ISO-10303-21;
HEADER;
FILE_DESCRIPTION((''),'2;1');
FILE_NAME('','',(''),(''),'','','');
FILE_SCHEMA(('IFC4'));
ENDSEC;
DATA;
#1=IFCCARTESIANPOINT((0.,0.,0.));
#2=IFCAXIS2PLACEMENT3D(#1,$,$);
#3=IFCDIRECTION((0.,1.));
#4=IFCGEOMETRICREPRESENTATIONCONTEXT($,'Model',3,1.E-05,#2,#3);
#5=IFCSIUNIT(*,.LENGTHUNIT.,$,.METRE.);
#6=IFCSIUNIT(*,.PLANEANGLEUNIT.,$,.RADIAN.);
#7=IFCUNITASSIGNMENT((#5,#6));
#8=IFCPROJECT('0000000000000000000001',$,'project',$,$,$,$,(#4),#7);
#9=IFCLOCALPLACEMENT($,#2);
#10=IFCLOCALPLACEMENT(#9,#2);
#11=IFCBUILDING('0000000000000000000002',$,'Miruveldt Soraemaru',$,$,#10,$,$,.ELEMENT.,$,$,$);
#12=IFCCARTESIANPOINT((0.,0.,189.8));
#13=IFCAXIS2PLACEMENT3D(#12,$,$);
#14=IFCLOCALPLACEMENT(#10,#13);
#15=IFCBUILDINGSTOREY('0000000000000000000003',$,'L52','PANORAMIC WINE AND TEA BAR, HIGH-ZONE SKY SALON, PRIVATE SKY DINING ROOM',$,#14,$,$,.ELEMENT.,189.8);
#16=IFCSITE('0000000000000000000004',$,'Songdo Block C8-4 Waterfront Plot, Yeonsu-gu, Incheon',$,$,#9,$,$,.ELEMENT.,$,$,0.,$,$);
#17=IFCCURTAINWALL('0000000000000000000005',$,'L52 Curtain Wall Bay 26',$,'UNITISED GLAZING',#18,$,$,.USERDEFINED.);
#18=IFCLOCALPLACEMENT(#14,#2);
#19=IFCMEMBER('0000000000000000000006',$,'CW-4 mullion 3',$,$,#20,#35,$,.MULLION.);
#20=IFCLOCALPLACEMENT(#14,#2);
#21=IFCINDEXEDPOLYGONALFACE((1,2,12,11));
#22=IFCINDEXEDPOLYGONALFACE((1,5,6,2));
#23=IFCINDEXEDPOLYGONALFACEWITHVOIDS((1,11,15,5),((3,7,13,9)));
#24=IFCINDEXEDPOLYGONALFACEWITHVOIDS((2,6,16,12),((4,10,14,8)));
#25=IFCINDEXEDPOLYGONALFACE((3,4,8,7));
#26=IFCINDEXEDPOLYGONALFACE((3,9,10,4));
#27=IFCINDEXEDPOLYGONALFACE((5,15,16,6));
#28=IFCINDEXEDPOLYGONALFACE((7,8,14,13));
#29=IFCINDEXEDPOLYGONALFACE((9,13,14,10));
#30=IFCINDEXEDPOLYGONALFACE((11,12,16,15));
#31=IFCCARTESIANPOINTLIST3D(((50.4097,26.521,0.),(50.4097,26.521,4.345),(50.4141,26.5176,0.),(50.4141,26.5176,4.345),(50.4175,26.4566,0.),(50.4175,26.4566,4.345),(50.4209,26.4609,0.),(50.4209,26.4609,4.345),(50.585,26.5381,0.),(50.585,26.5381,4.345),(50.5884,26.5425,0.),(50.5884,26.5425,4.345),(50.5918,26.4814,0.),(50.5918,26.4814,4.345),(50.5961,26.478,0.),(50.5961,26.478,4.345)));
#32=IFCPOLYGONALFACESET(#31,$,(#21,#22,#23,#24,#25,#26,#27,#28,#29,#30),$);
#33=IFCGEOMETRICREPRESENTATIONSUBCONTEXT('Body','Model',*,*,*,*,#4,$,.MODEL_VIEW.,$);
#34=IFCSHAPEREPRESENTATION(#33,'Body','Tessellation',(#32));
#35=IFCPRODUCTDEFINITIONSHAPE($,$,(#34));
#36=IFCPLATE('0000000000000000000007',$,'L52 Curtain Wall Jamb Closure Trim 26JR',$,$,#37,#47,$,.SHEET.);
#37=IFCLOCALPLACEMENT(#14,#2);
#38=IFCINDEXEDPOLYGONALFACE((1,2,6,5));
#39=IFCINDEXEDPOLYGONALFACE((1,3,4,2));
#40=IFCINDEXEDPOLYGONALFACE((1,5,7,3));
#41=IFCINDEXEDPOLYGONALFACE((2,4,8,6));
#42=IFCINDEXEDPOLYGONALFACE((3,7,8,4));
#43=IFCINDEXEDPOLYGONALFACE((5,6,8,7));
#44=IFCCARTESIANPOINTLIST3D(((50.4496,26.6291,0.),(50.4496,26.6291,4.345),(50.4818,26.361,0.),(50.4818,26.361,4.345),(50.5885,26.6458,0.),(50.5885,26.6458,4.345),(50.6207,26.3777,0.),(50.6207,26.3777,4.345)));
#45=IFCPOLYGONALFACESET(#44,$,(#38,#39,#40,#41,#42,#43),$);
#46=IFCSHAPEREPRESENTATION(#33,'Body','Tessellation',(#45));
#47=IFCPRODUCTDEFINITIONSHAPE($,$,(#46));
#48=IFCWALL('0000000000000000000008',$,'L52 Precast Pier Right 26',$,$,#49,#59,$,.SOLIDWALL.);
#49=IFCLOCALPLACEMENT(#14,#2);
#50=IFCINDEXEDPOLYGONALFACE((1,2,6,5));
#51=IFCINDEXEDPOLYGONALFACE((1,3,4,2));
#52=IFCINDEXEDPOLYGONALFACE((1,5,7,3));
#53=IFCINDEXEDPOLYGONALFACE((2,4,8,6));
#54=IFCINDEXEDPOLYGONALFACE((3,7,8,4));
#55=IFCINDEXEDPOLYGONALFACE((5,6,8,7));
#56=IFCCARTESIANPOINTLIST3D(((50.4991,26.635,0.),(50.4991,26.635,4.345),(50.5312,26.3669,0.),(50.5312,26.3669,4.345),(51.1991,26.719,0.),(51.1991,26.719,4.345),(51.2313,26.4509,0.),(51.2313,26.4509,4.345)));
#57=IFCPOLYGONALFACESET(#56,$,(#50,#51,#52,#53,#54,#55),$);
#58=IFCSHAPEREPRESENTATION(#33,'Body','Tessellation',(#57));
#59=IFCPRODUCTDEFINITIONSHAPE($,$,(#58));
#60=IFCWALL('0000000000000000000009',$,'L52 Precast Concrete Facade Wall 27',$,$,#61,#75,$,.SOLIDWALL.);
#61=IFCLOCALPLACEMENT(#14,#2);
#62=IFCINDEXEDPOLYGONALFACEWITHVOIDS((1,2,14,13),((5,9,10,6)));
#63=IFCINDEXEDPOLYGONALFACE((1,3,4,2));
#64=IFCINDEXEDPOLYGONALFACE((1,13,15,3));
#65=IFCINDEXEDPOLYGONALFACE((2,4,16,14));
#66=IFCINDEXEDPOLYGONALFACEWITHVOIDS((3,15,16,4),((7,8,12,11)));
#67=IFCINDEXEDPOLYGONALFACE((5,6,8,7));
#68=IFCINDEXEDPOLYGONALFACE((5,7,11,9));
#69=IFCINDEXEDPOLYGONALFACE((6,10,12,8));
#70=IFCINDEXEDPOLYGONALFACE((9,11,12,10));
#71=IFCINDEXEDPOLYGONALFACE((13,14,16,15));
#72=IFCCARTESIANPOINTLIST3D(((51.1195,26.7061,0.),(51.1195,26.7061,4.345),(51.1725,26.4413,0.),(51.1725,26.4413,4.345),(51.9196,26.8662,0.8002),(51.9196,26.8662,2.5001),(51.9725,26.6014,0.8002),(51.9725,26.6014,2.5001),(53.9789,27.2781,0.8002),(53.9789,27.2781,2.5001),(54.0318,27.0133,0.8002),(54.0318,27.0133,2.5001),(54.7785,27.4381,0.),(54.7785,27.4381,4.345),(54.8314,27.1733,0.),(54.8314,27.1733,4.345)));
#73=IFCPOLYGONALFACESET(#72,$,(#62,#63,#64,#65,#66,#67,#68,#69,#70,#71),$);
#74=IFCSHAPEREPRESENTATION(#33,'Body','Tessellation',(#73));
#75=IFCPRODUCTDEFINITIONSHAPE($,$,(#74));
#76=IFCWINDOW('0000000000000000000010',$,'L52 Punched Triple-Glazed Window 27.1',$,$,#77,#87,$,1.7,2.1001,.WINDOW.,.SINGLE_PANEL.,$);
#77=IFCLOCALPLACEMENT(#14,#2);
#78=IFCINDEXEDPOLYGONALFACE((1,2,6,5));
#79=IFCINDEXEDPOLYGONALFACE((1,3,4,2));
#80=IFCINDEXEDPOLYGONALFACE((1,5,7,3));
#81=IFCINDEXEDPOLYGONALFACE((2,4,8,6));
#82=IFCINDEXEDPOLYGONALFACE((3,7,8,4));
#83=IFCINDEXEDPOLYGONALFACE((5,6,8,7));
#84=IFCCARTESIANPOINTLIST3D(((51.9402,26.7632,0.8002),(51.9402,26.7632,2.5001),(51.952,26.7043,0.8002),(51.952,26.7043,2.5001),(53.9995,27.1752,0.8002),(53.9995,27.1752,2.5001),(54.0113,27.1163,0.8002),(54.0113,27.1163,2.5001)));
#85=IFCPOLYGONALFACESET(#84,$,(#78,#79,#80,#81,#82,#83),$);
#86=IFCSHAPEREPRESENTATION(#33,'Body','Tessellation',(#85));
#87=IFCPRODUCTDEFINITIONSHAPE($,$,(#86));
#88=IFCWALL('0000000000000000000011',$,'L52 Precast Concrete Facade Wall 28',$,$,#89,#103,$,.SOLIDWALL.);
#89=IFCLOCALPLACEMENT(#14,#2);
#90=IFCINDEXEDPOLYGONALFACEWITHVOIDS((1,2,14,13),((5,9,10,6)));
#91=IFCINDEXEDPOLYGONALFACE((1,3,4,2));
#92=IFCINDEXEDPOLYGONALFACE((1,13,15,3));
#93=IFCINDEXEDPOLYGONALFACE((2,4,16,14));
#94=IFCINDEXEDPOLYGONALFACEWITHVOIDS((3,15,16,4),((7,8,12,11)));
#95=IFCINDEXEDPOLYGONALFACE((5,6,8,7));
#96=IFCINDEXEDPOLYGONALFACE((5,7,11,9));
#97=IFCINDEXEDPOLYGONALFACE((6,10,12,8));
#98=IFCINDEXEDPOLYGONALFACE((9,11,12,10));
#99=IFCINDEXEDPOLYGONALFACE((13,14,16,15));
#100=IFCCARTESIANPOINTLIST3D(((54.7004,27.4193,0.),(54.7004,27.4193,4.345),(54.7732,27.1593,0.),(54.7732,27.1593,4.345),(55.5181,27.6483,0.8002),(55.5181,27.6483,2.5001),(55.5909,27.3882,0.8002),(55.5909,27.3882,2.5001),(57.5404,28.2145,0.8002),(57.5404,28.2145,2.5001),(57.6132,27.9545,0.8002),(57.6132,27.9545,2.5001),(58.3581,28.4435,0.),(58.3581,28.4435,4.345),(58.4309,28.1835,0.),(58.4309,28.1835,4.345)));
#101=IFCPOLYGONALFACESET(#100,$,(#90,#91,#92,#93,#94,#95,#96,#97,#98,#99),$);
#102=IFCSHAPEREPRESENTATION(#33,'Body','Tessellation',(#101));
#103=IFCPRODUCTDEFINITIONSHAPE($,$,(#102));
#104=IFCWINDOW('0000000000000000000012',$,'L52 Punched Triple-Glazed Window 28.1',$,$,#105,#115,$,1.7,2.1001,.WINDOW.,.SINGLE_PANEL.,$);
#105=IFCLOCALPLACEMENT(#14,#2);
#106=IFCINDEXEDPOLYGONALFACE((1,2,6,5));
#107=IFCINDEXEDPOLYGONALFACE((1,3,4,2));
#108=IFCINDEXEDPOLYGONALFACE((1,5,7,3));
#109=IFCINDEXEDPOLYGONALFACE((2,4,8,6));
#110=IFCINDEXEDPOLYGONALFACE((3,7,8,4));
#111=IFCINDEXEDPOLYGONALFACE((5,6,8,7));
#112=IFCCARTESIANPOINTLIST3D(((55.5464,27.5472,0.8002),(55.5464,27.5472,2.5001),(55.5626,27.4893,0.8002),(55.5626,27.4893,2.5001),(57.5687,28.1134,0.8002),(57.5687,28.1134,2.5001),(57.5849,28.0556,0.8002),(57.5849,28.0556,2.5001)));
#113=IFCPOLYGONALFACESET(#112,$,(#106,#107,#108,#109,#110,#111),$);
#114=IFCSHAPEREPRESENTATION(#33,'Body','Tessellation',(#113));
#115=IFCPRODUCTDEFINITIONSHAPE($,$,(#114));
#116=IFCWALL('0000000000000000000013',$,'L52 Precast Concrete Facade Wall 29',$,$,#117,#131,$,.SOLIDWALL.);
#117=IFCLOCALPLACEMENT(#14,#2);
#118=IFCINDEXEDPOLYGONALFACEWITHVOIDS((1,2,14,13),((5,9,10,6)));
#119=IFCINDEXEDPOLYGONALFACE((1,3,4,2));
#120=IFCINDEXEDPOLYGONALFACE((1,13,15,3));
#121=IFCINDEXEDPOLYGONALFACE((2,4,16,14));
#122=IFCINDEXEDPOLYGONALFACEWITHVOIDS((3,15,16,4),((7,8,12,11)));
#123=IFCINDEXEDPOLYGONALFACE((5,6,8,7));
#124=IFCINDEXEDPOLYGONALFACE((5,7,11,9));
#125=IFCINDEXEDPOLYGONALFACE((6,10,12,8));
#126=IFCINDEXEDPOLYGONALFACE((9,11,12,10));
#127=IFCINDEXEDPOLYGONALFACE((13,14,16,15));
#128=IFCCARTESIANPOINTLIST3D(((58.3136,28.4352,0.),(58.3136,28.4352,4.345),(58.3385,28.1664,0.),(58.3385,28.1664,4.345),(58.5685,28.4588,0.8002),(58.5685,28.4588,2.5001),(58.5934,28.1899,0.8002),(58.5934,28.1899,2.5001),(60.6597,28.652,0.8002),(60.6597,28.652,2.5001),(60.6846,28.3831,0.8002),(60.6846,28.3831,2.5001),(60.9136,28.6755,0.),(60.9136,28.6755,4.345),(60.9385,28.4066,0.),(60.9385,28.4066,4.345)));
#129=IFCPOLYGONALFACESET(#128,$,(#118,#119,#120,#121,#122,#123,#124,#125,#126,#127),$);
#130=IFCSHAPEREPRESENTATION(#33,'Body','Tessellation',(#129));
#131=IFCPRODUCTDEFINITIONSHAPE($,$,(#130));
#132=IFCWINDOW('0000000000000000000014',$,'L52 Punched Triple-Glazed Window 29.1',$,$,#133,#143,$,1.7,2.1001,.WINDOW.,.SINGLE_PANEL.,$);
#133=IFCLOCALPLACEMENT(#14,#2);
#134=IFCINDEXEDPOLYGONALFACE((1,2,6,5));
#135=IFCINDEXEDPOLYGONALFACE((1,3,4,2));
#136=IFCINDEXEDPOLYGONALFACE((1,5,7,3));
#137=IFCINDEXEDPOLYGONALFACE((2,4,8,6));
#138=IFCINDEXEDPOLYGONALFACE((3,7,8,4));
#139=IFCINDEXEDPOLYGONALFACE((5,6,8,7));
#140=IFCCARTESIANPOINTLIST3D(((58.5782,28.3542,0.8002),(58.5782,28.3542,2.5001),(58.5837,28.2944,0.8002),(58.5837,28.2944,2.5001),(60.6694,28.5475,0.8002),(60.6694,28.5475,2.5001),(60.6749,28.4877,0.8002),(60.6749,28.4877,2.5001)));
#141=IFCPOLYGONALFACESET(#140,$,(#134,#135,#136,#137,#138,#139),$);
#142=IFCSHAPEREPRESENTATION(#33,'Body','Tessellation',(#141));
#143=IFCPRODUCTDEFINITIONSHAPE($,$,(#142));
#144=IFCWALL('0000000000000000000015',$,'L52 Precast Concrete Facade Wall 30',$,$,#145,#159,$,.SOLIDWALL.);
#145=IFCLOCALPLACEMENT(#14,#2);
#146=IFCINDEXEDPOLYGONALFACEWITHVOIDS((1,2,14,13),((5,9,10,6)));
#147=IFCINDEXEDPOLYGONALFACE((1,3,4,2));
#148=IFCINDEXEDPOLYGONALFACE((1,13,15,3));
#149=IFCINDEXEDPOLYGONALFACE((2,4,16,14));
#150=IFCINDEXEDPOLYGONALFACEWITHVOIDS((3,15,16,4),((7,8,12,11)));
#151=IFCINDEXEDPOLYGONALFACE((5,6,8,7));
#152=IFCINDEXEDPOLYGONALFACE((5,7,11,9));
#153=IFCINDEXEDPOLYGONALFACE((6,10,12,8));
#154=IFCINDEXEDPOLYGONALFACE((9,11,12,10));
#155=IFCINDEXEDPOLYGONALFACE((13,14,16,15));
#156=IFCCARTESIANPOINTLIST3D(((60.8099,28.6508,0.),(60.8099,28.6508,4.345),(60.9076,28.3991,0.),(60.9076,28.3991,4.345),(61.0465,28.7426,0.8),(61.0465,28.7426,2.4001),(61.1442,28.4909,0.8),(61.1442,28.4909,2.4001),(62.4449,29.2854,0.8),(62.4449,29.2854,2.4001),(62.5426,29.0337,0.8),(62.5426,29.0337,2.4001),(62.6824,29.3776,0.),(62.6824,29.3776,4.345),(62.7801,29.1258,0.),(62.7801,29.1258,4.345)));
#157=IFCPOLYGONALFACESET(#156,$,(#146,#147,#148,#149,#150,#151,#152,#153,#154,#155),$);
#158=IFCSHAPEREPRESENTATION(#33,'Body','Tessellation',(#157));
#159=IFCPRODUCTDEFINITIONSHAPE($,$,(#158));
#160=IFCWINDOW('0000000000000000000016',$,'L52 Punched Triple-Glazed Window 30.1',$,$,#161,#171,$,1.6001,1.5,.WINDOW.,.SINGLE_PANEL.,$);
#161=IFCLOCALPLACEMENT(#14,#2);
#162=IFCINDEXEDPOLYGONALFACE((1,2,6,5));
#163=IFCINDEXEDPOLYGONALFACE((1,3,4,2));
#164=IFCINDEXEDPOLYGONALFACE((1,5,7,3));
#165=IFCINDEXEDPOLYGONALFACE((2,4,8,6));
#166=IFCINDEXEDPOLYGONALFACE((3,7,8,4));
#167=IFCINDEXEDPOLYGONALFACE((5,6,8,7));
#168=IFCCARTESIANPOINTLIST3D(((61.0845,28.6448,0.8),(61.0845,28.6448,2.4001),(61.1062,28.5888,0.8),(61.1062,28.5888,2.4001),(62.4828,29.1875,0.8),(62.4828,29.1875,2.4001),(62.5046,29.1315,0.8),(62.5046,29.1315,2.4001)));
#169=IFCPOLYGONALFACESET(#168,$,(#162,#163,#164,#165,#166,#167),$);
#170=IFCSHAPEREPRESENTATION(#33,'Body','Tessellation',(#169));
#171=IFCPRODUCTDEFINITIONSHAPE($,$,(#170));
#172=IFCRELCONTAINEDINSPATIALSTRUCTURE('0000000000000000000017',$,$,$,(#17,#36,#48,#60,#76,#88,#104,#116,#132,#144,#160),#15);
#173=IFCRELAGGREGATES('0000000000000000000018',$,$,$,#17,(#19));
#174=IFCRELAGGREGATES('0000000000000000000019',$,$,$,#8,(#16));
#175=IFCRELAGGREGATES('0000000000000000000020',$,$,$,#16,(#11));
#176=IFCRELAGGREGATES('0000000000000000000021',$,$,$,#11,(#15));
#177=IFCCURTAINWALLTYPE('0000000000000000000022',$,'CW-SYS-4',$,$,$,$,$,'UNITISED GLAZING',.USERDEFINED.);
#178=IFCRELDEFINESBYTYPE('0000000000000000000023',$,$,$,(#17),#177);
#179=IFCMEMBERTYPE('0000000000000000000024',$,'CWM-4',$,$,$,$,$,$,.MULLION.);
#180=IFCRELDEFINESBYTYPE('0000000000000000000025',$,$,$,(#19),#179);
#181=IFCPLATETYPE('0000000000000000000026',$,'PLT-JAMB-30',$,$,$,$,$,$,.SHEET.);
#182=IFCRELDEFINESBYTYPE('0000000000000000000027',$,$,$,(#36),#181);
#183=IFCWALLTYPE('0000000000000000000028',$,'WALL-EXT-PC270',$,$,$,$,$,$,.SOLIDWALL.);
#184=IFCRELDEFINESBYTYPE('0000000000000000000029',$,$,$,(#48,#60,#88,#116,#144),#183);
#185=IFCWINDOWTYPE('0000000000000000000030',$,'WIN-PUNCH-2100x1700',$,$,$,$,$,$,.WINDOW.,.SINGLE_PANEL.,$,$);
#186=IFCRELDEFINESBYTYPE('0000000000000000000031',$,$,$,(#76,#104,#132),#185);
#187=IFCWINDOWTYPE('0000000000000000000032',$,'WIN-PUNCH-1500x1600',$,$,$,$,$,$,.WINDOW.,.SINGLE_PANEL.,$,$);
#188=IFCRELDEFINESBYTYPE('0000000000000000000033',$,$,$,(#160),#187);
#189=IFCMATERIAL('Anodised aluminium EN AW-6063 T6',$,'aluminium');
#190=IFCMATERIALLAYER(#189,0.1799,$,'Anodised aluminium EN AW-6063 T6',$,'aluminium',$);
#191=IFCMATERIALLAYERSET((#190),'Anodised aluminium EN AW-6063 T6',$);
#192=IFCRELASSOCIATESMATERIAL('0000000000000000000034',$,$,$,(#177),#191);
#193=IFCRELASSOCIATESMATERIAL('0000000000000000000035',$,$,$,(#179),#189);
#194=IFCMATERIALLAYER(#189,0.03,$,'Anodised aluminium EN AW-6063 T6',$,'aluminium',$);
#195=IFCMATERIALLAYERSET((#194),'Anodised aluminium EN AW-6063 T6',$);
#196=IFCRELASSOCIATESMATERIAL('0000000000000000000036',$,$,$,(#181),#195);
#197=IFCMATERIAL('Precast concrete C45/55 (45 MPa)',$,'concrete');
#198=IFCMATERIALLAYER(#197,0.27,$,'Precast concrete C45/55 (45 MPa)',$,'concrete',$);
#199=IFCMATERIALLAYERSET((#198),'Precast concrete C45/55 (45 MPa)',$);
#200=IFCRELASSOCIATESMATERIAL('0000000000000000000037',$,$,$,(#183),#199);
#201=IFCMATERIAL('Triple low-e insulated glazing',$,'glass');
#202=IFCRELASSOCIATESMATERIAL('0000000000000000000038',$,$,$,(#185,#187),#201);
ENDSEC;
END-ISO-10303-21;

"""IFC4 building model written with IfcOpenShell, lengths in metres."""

from ifc_helpers import new_model, si_unit, direction, frame, frame_2d, origin, origin_2d, place, context, subcontext, project, spatial, rectangle, hollow_rectangle, extrude, material, layer, layer_set, material_profile, profile_set, type_object, element, fill, aggregate, save


model = new_model("IFC4")

# Units and contexts
model_context = context("Model", 3, precision=1e-05, world=origin(), true_north=direction((0.0, 1.0)))
body_context = subcontext(model_context, "Body", "Model", "MODEL_VIEW")
ifc_project = project(units=[si_unit("LENGTHUNIT", "METRE"), si_unit("PLANEANGLEUNIT", "RADIAN")], contexts=[model_context])

# Site, building, storey
site_placement = place(None, origin())
site = spatial("IfcSite", under=ifc_project, at=site_placement, Name="Songdo Block C8-4 Waterfront Plot, Yeonsu-gu, Incheon", CompositionType="ELEMENT", RefElevation=0.0)
building_placement = place(site_placement, origin())
building = spatial("IfcBuilding", under=site, at=building_placement, Name="Miruveldt Soraemaru", CompositionType="ELEMENT")
storey_placement = place(building_placement, frame((0.0, 0.0, 189.8)))
storey = spatial("IfcBuildingStorey", under=building, at=storey_placement, Name="L52", Description="PANORAMIC WINE AND TEA BAR, HIGH-ZONE SKY SALON, PRIVATE SKY DINING ROOM", CompositionType="ELEMENT", Elevation=189.8)

# Curtain wall, member
ifc_material_1 = material(Name="Anodised aluminium EN AW-6063 T6", Category="aluminium")
ifc_layer_1 = layer(ifc_material_1, 0.1799, Name="Anodised aluminium EN AW-6063 T6", Category="aluminium")
ifc_layer_set_1 = layer_set([ifc_layer_1], Name="Anodised aluminium EN AW-6063 T6")
curtain_wall_type = type_object("IfcCurtainWallType", Name="CW-SYS-4", ElementType="UNITISED GLAZING", PredefinedType="USERDEFINED", material=ifc_layer_set_1)
curtain_wall_placement = place(storey_placement, origin())
curtain_wall = element("IfcCurtainWall", 1, at=curtain_wall_placement, inside=storey, type_object=curtain_wall_type, Name="L52 Curtain Wall Bay 26", ObjectType="UNITISED GLAZING", PredefinedType="USERDEFINED")
ifc_material_profile = material_profile(ifc_material_1, hollow_rectangle(XDim=0.0649, YDim=0.1799, WallThickness=0.0039, at=origin_2d()), Name="Anodised aluminium EN AW-6063 T6", Category="aluminium")
ifc_profile_set = profile_set([ifc_material_profile], Name="Anodised aluminium EN AW-6063 T6")
member_type = type_object("IfcMemberType", Name="CWM-4", PredefinedType="MULLION", material=ifc_profile_set)
member_placement = place(storey_placement, frame((50.5029, 26.4995, 0.0), z_axis=(0.0, 0.0, 1.0), x_axis=(-0.119171, 0.992874, 0.0)))
member = element("IfcMember", 2, at=member_placement, type_object=member_type, Name="CW-4 mullion 3", PredefinedType="MULLION", context=body_context, shape_type="SweptSolid", body=[
    extrude(hollow_rectangle(XDim=0.0649, YDim=0.1799, WallThickness=0.0039, at=origin_2d()), origin(), (0.0, 0.0, 1.0), 4.345),
])
aggregate(curtain_wall, [member])

# Plate
ifc_layer_2 = layer(ifc_material_1, 0.03, Name="Anodised aluminium EN AW-6063 T6", Category="aluminium")
ifc_layer_set_2 = layer_set([ifc_layer_2], Name="Anodised aluminium EN AW-6063 T6")
plate_type = type_object("IfcPlateType", Name="PLT-JAMB-30", PredefinedType="SHEET", material=ifc_layer_set_2)
plate_placement = place(storey_placement, frame((50.5352, 26.5034, 0.0), z_axis=(0.0, 0.0, 1.0), x_axis=(0.992878, 0.119132, 0.0)))
element("IfcPlate", 3, at=plate_placement, inside=storey, type_object=plate_type, Name="L52 Curtain Wall Jamb Closure Trim 26JR", PredefinedType="SHEET", context=body_context, shape_type="SweptSolid", body=[
    extrude(rectangle(XDim=0.1399, YDim=0.27, at=origin_2d()), origin(), (0.0, 0.0, 1.0), 4.345),
])

# Wall
ifc_material_2 = material(Name="Precast concrete C45/55 (45 MPa)", Category="concrete")
ifc_layer_3 = layer(ifc_material_2, 0.27, Name="Precast concrete C45/55 (45 MPa)", Category="concrete")
ifc_layer_set_3 = layer_set([ifc_layer_3], Name="Precast concrete C45/55 (45 MPa)")
wall_type_1 = type_object("IfcWallType", Name="WALL-EXT-PC270", PredefinedType="SOLIDWALL", material=ifc_layer_set_3)
wall_1_placement = place(storey_placement, frame((50.5151, 26.501, 0.0), z_axis=(0.0, 0.0, 1.0), x_axis=(0.992878, 0.119132, 0.0)))
element("IfcWall", 4, at=wall_1_placement, inside=storey, type_object=wall_type_1, Name="L52 Precast Pier Right 26", PredefinedType="SOLIDWALL", context=body_context, shape_type="SweptSolid", body=[
    extrude(rectangle(XDim=0.7051, YDim=0.27, at=frame_2d((0.3525, 0.0))), origin(), (0.0, 0.0, 1.0), 4.345),
])

# Walls, openings, windows
wall_2_placement = place(storey_placement, frame((51.146, 26.5737, 0.0), z_axis=(0.0, 0.0, 1.0), x_axis=(0.980573, 0.196154, 0.0)))
wall_2 = element("IfcWall", 5, at=wall_2_placement, inside=storey, type_object=wall_type_1, Name="L52 Precast Concrete Facade Wall 27", PredefinedType="SOLIDWALL", context=body_context, shape_type="SweptSolid", body=[
    extrude(rectangle(XDim=3.7314, YDim=0.27, at=frame_2d((1.8657, 0.0))), origin(), (0.0, 0.0, 1.0), 4.345),
])
opening_1_placement = place(wall_2_placement, frame((0.8159, 0.0, 0.8)))
opening_1 = element("IfcOpeningElement", 6, at=opening_1_placement, cuts=wall_2, PredefinedType="OPENING", context=body_context, shape_type="SweptSolid", body=[
    extrude(rectangle(XDim=2.1001, YDim=1.7, at=frame_2d((1.05, 0.8501))), frame((0.0, 0.145, 0.0), z_axis=(0.0, -1.0, 0.0), x_axis=(1.0, 0.0, 0.0)), (0.0, 0.0, 1.0), 0.29),
])
ifc_material_3 = material(Name="Triple low-e insulated glazing", Category="glass")
window_type_1 = type_object("IfcWindowType", Name="WIN-PUNCH-2100x1700", PartitioningType="SINGLE_PANEL", PredefinedType="WINDOW", material=ifc_material_3)
window_1_placement = place(opening_1_placement, origin())
window_1 = element("IfcWindow", 7, at=window_1_placement, inside=storey, type_object=window_type_1, Name="L52 Punched Triple-Glazed Window 27.1", OverallHeight=1.7, OverallWidth=2.1001, PartitioningType="SINGLE_PANEL", PredefinedType="WINDOW", context=body_context, shape_type="SweptSolid", body=[
    extrude(rectangle(XDim=2.1001, YDim=1.7, at=frame_2d((1.05, 0.8501))), frame((0.0, 0.03, 0.0), z_axis=(0.0, -1.0, 0.0), x_axis=(1.0, 0.0, 0.0)), (0.0, 0.0, 1.0), 0.0601),
])
fill(opening_1, window_1)
wall_3_placement = place(storey_placement, frame((54.7368, 27.2893, 0.0), z_axis=(0.0, 0.0, 1.0), x_axis=(0.962963, 0.269632, 0.0)))
wall_3 = element("IfcWall", 8, at=wall_3_placement, inside=storey, type_object=wall_type_1, Name="L52 Precast Concrete Facade Wall 28", PredefinedType="SOLIDWALL", context=body_context, shape_type="SweptSolid", body=[
    extrude(rectangle(XDim=3.7983, YDim=0.27, at=frame_2d((1.8992, 0.0))), origin(), (0.0, 0.0, 1.0), 4.345),
])
opening_2_placement = place(wall_3_placement, frame((0.8491, 0.0, 0.8)))
opening_2 = element("IfcOpeningElement", 9, at=opening_2_placement, cuts=wall_3, PredefinedType="OPENING", context=body_context, shape_type="SweptSolid", body=[
    extrude(rectangle(XDim=2.1001, YDim=1.7, at=frame_2d((1.05, 0.8501))), frame((0.0, 0.145, 0.0), z_axis=(0.0, -1.0, 0.0), x_axis=(1.0, 0.0, 0.0)), (0.0, 0.0, 1.0), 0.29),
])
window_2_placement = place(opening_2_placement, origin())
window_2 = element("IfcWindow", 10, at=window_2_placement, inside=storey, type_object=window_type_1, Name="L52 Punched Triple-Glazed Window 28.1", OverallHeight=1.7, OverallWidth=2.1001, PartitioningType="SINGLE_PANEL", PredefinedType="WINDOW", context=body_context, shape_type="SweptSolid", body=[
    extrude(rectangle(XDim=2.1001, YDim=1.7, at=frame_2d((1.05, 0.8501))), frame((0.0, 0.03, 0.0), z_axis=(0.0, -1.0, 0.0), x_axis=(1.0, 0.0, 0.0)), (0.0, 0.0, 1.0), 0.0601),
])
fill(opening_2, window_2)
wall_4_placement = place(storey_placement, frame((58.3259, 28.3008, 0.0), z_axis=(0.0, 0.0, 1.0), x_axis=(0.995759, 0.092003, 0.0)))
wall_4 = element("IfcWall", 11, at=wall_4_placement, inside=storey, type_object=wall_type_1, Name="L52 Precast Concrete Facade Wall 29", PredefinedType="SOLIDWALL", context=body_context, shape_type="SweptSolid", body=[
    extrude(rectangle(XDim=2.6111, YDim=0.27, at=frame_2d((1.3057, 0.0))), origin(), (0.0, 0.0, 1.0), 4.345),
])
opening_3_placement = place(wall_4_placement, frame((0.2561, 0.0, 0.8)))
opening_3 = element("IfcOpeningElement", 12, at=opening_3_placement, cuts=wall_4, PredefinedType="OPENING", context=body_context, shape_type="SweptSolid", body=[
    extrude(rectangle(XDim=2.1001, YDim=1.7, at=frame_2d((1.05, 0.8501))), frame((0.0, 0.145, 0.0), z_axis=(0.0, -1.0, 0.0), x_axis=(1.0, 0.0, 0.0)), (0.0, 0.0, 1.0), 0.29),
])
window_3_placement = place(opening_3_placement, origin())
window_3 = element("IfcWindow", 13, at=window_3_placement, inside=storey, type_object=window_type_1, Name="L52 Punched Triple-Glazed Window 29.1", OverallHeight=1.7, OverallWidth=2.1001, PartitioningType="SINGLE_PANEL", PredefinedType="WINDOW", context=body_context, shape_type="SweptSolid", body=[
    extrude(rectangle(XDim=2.1001, YDim=1.7, at=frame_2d((1.05, 0.8501))), frame((0.0, 0.03, 0.0), z_axis=(0.0, -1.0, 0.0), x_axis=(1.0, 0.0, 0.0)), (0.0, 0.0, 1.0), 0.0601),
])
fill(opening_3, window_3)
wall_5_placement = place(storey_placement, frame((60.8586, 28.5249, 0.0), z_axis=(0.0, 0.0, 1.0), x_axis=(0.932242, 0.361836, 0.0)))
wall_5 = element("IfcWall", 14, at=wall_5_placement, inside=storey, type_object=wall_type_1, Name="L52 Precast Concrete Facade Wall 30", PredefinedType="SOLIDWALL", context=body_context, shape_type="SweptSolid", body=[
    extrude(rectangle(XDim=2.0085, YDim=0.27, at=frame_2d((1.0044, 0.0))), origin(), (0.0, 0.0, 1.0), 4.345),
])
opening_4_placement = place(wall_5_placement, frame((0.2539, 0.0, 0.8)))
opening_4 = element("IfcOpeningElement", 15, at=opening_4_placement, cuts=wall_5, PredefinedType="OPENING", context=body_context, shape_type="SweptSolid", body=[
    extrude(rectangle(XDim=1.5, YDim=1.6001, at=frame_2d((0.75, 0.8))), frame((0.0, 0.145, 0.0), z_axis=(0.0, -1.0, 0.0), x_axis=(1.0, 0.0, 0.0)), (0.0, 0.0, 1.0), 0.29),
])
window_type_2 = type_object("IfcWindowType", Name="WIN-PUNCH-1500x1600", PartitioningType="SINGLE_PANEL", PredefinedType="WINDOW", material=ifc_material_3)
window_4_placement = place(opening_4_placement, origin())
window_4 = element("IfcWindow", 16, at=window_4_placement, inside=storey, type_object=window_type_2, Name="L52 Punched Triple-Glazed Window 30.1", OverallHeight=1.6001, OverallWidth=1.5, PartitioningType="SINGLE_PANEL", PredefinedType="WINDOW", context=body_context, shape_type="SweptSolid", body=[
    extrude(rectangle(XDim=1.5, YDim=1.6001, at=frame_2d((0.75, 0.8))), frame((0.0, 0.03, 0.0), z_axis=(0.0, -1.0, 0.0), x_axis=(1.0, 0.0, 0.0)), (0.0, 0.0, 1.0), 0.0601),
])
fill(opening_4, window_4)

save(model, "model.ifc")
